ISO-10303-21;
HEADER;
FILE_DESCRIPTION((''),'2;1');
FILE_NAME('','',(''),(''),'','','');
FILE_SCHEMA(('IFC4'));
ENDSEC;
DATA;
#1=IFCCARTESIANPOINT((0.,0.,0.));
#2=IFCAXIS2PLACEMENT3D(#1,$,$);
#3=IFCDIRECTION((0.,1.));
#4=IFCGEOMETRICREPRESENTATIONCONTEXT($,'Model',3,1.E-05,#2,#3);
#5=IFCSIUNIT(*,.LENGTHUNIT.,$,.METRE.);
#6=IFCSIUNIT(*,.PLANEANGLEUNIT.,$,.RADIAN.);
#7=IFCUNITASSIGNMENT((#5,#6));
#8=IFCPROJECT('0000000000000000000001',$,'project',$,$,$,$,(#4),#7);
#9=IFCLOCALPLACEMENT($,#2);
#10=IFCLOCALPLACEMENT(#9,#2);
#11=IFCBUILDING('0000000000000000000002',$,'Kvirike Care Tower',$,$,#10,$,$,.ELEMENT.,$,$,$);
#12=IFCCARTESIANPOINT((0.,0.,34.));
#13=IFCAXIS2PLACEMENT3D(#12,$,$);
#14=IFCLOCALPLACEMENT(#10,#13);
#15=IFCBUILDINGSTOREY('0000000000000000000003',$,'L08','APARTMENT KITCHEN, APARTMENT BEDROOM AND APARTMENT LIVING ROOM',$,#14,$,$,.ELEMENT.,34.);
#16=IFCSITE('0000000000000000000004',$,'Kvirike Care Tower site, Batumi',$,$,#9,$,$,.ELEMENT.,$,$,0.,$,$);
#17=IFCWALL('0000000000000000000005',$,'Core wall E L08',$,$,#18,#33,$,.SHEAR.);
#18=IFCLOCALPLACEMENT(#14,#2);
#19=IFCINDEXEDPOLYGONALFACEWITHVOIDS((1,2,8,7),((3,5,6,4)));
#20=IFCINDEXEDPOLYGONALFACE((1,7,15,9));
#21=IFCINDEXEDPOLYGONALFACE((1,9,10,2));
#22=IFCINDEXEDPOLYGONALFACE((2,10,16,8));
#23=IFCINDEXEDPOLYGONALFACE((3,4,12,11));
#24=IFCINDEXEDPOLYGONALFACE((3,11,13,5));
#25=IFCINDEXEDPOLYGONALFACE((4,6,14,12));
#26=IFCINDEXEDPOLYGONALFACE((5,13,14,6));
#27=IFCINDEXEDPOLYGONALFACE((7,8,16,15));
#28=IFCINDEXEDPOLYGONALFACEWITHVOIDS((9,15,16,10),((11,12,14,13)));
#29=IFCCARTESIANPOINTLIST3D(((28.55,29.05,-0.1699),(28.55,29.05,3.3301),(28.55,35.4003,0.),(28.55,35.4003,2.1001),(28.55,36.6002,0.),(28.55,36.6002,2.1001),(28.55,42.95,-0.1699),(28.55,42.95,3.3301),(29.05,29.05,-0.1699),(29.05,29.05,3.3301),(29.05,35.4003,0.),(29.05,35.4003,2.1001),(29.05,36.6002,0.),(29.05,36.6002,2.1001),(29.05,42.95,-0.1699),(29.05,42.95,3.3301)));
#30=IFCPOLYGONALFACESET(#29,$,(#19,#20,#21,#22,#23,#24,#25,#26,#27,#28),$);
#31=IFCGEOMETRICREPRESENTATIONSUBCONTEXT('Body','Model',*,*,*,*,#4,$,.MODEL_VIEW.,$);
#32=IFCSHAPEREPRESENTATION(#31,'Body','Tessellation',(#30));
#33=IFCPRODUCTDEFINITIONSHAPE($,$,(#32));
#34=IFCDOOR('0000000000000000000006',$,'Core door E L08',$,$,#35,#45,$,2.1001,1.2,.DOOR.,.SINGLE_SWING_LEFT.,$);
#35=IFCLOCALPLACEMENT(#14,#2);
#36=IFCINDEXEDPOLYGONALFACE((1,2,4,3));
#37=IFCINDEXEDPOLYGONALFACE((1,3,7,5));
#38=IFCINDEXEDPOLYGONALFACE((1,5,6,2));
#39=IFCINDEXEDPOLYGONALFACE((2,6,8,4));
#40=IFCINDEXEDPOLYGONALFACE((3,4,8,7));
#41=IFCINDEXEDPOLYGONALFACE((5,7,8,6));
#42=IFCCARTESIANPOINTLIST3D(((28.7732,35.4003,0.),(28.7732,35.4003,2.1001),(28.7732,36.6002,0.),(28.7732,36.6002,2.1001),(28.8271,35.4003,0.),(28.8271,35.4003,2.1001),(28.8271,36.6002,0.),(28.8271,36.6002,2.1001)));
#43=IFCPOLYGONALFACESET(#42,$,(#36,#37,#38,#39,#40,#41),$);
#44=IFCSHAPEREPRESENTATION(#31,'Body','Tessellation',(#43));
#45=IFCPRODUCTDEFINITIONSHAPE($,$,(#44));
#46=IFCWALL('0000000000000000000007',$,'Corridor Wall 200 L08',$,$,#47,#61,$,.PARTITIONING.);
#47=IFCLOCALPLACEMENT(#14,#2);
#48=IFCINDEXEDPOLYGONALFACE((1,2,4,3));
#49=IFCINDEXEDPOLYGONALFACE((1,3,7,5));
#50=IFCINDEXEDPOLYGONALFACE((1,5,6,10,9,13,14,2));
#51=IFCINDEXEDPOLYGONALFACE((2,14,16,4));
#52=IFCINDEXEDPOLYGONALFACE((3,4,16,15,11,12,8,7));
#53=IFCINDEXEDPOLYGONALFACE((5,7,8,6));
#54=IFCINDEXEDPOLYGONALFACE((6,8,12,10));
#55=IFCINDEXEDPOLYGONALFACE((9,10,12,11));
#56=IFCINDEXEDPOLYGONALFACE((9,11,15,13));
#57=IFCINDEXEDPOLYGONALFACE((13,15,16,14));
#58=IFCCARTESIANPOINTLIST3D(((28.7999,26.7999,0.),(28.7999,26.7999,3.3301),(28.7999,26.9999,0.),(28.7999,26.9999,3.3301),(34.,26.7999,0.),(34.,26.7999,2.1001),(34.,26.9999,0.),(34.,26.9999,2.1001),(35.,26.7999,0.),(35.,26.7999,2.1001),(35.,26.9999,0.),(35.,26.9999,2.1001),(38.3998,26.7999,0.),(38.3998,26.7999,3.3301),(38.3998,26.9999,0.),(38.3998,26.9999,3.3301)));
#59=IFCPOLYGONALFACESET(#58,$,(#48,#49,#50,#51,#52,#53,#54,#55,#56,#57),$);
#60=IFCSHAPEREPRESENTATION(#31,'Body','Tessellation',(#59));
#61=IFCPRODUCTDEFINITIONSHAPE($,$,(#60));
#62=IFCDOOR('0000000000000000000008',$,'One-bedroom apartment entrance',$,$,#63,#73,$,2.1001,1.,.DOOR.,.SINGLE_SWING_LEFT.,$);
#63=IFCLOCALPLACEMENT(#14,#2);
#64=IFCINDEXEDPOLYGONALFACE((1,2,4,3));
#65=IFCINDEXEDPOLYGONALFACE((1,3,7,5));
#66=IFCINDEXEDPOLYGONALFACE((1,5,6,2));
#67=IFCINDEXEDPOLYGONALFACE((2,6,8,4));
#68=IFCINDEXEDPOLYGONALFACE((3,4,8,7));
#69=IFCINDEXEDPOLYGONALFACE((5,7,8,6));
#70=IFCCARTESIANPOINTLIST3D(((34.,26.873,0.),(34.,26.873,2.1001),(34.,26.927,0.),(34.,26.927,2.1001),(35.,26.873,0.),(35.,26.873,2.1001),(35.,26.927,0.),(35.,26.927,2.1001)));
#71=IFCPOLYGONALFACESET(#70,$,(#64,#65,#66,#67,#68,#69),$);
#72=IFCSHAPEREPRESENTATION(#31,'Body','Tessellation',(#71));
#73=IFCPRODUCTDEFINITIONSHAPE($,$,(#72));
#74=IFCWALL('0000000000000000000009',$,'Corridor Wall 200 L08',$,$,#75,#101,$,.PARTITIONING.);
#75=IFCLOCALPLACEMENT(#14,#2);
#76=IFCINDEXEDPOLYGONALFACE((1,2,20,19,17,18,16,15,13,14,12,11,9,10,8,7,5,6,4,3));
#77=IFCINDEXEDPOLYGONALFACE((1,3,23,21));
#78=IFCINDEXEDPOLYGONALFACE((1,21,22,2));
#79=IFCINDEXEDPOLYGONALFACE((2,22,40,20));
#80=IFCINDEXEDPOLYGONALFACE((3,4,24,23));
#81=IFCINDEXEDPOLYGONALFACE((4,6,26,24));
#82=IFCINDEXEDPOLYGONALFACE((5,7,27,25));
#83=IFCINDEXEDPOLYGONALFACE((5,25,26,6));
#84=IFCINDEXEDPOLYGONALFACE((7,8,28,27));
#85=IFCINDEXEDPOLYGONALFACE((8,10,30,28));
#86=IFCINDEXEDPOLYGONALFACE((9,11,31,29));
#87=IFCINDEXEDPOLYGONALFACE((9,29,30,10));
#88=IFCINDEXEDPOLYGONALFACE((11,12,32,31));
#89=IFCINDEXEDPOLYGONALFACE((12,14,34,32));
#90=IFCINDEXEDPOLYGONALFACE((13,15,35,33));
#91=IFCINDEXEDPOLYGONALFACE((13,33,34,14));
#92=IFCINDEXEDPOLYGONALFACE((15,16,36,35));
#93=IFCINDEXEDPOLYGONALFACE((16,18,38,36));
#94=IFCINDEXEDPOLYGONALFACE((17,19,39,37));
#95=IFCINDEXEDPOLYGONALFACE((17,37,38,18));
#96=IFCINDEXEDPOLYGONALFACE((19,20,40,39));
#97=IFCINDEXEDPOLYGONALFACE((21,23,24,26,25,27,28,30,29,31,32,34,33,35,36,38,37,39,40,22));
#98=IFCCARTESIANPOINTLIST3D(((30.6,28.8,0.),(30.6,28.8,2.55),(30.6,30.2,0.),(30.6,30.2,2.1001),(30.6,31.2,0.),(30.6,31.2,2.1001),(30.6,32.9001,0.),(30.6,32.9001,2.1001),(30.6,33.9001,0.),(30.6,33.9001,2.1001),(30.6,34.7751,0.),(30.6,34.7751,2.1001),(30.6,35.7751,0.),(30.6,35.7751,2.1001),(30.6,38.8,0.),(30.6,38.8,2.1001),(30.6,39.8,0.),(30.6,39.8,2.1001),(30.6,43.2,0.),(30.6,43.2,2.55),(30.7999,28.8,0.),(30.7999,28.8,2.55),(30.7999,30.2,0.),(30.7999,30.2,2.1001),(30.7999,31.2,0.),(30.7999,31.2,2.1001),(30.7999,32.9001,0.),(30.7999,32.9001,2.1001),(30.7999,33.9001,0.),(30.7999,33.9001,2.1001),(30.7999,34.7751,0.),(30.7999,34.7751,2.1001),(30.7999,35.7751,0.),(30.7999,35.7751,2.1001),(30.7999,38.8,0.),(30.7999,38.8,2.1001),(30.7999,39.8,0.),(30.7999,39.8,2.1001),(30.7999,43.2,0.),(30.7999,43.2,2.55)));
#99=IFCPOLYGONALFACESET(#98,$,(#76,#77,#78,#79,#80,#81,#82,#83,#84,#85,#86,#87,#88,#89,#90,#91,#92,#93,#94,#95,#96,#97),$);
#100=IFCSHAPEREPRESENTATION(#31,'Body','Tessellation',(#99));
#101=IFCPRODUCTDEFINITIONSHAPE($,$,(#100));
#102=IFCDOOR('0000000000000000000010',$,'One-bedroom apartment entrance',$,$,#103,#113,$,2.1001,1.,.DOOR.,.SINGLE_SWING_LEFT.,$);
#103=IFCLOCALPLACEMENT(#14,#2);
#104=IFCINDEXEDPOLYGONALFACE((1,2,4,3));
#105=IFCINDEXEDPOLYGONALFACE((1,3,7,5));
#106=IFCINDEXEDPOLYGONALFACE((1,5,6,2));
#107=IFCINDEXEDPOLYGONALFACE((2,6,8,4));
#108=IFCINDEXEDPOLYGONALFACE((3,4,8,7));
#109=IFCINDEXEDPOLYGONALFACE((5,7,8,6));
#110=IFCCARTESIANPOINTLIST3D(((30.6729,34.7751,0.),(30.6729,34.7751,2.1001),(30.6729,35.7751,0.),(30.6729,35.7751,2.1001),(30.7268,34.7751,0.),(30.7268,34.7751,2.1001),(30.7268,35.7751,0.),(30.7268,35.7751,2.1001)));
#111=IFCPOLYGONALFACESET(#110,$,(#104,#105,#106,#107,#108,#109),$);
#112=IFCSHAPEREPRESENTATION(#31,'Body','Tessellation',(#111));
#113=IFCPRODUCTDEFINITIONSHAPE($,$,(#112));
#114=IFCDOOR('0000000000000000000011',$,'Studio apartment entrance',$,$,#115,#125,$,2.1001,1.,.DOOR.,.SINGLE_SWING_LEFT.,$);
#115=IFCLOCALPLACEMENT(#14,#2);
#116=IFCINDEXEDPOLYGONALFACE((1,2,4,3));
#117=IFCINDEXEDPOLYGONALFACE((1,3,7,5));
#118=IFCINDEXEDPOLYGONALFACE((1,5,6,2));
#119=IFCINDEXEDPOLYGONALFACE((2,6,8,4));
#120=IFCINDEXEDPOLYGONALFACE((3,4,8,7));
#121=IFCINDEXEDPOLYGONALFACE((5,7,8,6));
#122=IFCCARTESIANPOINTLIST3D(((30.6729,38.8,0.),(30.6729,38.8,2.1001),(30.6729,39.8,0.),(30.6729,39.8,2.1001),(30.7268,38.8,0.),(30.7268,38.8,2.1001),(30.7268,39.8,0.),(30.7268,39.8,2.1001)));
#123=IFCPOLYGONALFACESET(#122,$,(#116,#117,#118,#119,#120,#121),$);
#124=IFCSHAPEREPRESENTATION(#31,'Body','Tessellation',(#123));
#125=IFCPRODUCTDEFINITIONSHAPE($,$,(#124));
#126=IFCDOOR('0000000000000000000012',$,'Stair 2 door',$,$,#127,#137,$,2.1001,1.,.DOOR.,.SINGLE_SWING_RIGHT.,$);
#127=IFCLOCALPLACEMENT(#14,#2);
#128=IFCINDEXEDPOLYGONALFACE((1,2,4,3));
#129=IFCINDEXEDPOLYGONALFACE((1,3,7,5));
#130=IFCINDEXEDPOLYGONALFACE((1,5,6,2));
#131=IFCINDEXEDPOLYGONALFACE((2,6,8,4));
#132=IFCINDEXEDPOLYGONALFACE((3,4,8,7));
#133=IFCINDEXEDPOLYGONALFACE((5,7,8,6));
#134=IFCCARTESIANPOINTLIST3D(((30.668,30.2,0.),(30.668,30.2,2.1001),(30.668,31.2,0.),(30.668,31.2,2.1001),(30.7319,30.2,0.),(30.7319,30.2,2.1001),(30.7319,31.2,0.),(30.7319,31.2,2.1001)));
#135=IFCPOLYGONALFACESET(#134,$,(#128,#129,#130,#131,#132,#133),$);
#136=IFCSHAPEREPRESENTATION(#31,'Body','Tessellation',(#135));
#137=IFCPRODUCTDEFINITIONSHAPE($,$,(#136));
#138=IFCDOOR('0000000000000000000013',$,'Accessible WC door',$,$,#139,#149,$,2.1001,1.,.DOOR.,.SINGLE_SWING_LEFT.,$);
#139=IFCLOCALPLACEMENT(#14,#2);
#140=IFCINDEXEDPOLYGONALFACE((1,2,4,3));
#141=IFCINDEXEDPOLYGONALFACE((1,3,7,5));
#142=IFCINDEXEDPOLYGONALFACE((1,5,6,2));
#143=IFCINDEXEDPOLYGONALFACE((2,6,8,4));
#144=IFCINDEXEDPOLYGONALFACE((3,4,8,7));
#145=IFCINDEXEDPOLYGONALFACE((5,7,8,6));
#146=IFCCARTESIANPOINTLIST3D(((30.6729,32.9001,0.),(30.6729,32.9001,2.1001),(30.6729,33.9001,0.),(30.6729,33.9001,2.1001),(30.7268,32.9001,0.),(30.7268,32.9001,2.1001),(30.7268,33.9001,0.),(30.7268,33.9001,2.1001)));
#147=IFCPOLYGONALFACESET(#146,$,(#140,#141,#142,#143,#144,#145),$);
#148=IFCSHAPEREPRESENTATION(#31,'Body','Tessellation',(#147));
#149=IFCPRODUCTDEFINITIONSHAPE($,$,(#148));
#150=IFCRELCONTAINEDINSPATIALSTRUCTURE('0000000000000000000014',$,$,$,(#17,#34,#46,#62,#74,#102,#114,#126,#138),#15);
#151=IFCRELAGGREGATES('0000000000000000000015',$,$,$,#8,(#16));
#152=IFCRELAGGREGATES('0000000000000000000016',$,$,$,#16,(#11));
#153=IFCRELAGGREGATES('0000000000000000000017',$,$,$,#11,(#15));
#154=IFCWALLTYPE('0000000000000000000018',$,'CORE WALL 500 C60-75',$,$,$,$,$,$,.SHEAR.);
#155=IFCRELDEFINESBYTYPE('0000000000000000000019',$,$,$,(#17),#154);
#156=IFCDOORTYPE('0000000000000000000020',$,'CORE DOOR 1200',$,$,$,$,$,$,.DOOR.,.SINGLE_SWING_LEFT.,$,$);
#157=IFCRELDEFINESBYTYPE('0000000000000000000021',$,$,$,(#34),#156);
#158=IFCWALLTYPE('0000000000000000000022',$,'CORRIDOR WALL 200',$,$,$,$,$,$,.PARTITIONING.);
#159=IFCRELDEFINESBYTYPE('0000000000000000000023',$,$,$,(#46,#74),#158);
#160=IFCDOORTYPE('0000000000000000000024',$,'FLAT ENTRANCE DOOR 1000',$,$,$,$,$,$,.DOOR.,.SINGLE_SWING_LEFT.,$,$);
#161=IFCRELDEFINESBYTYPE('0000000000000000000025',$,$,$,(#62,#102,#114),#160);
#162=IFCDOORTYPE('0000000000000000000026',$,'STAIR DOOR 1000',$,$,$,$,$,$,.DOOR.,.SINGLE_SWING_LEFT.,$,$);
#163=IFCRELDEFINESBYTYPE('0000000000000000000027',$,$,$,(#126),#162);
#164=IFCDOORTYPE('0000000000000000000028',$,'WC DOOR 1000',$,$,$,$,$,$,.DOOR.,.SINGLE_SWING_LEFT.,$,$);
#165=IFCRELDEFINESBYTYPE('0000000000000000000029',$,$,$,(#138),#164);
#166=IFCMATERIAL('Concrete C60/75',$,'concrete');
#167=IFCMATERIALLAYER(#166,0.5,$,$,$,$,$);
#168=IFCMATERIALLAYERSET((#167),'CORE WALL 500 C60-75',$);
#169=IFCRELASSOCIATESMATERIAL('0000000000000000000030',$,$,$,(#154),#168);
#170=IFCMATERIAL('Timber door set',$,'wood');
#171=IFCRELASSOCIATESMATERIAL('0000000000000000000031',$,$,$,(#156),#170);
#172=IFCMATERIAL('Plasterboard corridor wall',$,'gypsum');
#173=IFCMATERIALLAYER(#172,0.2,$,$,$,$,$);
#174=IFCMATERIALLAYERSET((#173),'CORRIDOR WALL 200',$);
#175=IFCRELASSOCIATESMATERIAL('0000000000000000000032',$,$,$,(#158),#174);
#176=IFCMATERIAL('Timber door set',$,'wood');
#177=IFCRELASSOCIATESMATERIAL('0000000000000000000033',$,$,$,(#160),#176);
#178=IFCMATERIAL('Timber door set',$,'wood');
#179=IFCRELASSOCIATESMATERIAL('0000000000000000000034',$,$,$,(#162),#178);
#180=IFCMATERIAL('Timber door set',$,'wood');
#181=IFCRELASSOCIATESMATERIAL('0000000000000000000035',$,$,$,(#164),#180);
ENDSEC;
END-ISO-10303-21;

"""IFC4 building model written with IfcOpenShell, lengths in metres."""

from ifc_helpers import new_model, si_unit, direction, frame, frame_2d, origin, place, context, subcontext, project, spatial, rectangle, extrude, material, layer, layer_set, type_object, element, fill, save


model = new_model("IFC4")

# Units and contexts
model_context = context("Model", 3, precision=1e-05, world=origin(), true_north=direction((0.0, 1.0)))
body_context = subcontext(model_context, "Body", "Model", "MODEL_VIEW")
ifc_project = project(units=[si_unit("LENGTHUNIT", "METRE"), si_unit("PLANEANGLEUNIT", "RADIAN")], contexts=[model_context])

# Site, building, storey
site_placement = place(None, origin())
site = spatial("IfcSite", under=ifc_project, at=site_placement, Name="Kvirike Care Tower site, Batumi", CompositionType="ELEMENT", RefElevation=0.0)
building_placement = place(site_placement, origin())
building = spatial("IfcBuilding", under=site, at=building_placement, Name="Kvirike Care Tower", CompositionType="ELEMENT")
storey_placement = place(building_placement, frame((0.0, 0.0, 34.0)))
storey = spatial("IfcBuildingStorey", under=building, at=storey_placement, Name="L08", Description="APARTMENT KITCHEN, APARTMENT BEDROOM AND APARTMENT LIVING ROOM", CompositionType="ELEMENT", Elevation=34.0)

# Walls, openings, doors
ifc_material_1 = material(Name="Concrete C60/75", Category="concrete")
ifc_layer_1 = layer(ifc_material_1, 0.5)
ifc_layer_set_1 = layer_set([ifc_layer_1], Name="CORE WALL 500 C60-75")
wall_type_1 = type_object("IfcWallType", Name="CORE WALL 500 C60-75", PredefinedType="SHEAR", material=ifc_layer_set_1)
wall_1_placement = place(storey_placement, frame((28.8, 29.05, -0.1699), z_axis=(0.0, 0.0, 1.0), x_axis=(0.0, 1.0, 0.0)))
wall_1 = element("IfcWall", 1, at=wall_1_placement, inside=storey, type_object=wall_type_1, Name="Core wall E L08", PredefinedType="SHEAR", context=body_context, shape_type="SweptSolid", body=[
    extrude(rectangle(XDim=13.8999, YDim=0.5, at=frame_2d((6.95, 0.0))), origin(), (0.0, 0.0, 1.0), 3.5),
])
opening_1_placement = place(wall_1_placement, frame((6.3501, 0.0, 0.1699)))
opening_1 = element("IfcOpeningElement", 2, at=opening_1_placement, cuts=wall_1, PredefinedType="OPENING", context=body_context, shape_type="SweptSolid", body=[
    extrude(rectangle(XDim=1.2, YDim=2.1001, at=frame_2d((0.6001, 1.05))), frame((0.0, 0.2605, 0.0), z_axis=(0.0, -1.0, 0.0), x_axis=(1.0, 0.0, 0.0)), (0.0, 0.0, 1.0), 0.521),
])
ifc_material_2 = material(Name="Timber door set", Category="wood")
door_type_1 = type_object("IfcDoorType", Name="CORE DOOR 1200", OperationType="SINGLE_SWING_LEFT", PredefinedType="DOOR", material=ifc_material_2)
door_1_placement = place(opening_1_placement, origin())
door_1 = element("IfcDoor", 3, at=door_1_placement, inside=storey, type_object=door_type_1, Name="Core door E L08", OperationType="SINGLE_SWING_LEFT", OverallHeight=2.1001, OverallWidth=1.2, PredefinedType="DOOR", context=body_context, shape_type="SweptSolid", body=[
    extrude(rectangle(XDim=1.2, YDim=2.1001, at=frame_2d((0.6001, 1.05))), frame((0.0, 0.0269, 0.0), z_axis=(0.0, -1.0, 0.0), x_axis=(1.0, 0.0, 0.0)), (0.0, 0.0, 1.0), 0.054),
])
fill(opening_1, door_1)
ifc_material_3 = material(Name="Plasterboard corridor wall", Category="gypsum")
ifc_layer_2 = layer(ifc_material_3, 0.2)
ifc_layer_set_2 = layer_set([ifc_layer_2], Name="CORRIDOR WALL 200")
wall_type_2 = type_object("IfcWallType", Name="CORRIDOR WALL 200", PredefinedType="PARTITIONING", material=ifc_layer_set_2)
wall_2_placement = place(storey_placement, frame((28.8, 26.8999, 0.0), z_axis=(0.0, 0.0, 1.0), x_axis=(1.0, 0.0, 0.0)))
wall_2 = element("IfcWall", 4, at=wall_2_placement, inside=storey, type_object=wall_type_2, Name="Corridor Wall 200 L08", PredefinedType="PARTITIONING", context=body_context, shape_type="SweptSolid", body=[
    extrude(rectangle(XDim=9.5999, YDim=0.2, at=frame_2d((4.7998, 0.0))), origin(), (0.0, 0.0, 1.0), 3.3301),
])
opening_2_placement = place(wall_2_placement, frame((5.2, 0.0, 0.0)))
opening_2 = element("IfcOpeningElement", 5, at=opening_2_placement, cuts=wall_2, PredefinedType="OPENING", context=body_context, shape_type="SweptSolid", body=[
    extrude(rectangle(XDim=1.0, YDim=2.1001, at=frame_2d((0.5, 1.05))), frame((0.0, 0.1106, 0.0), z_axis=(0.0, -1.0, 0.0), x_axis=(1.0, 0.0, 0.0)), (0.0, 0.0, 1.0), 0.2209),
])
ifc_material_4 = material(Name="Timber door set", Category="wood")
door_type_2 = type_object("IfcDoorType", Name="FLAT ENTRANCE DOOR 1000", OperationType="SINGLE_SWING_LEFT", PredefinedType="DOOR", material=ifc_material_4)
door_2_placement = place(opening_2_placement, frame((1.0, 0.0, 0.0), z_axis=(0.0, 0.0, 1.0), x_axis=(-1.0, 0.0, 0.0)))
door_2 = element("IfcDoor", 6, at=door_2_placement, inside=storey, type_object=door_type_2, Name="One-bedroom apartment entrance", OperationType="SINGLE_SWING_LEFT", OverallHeight=2.1001, OverallWidth=1.0, PredefinedType="DOOR", context=body_context, shape_type="SweptSolid", body=[
    extrude(rectangle(XDim=1.0, YDim=2.1001, at=frame_2d((0.5, 1.05))), frame((0.0, 0.0269, 0.0), z_axis=(0.0, -1.0, 0.0), x_axis=(1.0, 0.0, 0.0)), (0.0, 0.0, 1.0), 0.054),
])
fill(opening_2, door_2)

# Wall, openings, doors
wall_3_placement = place(storey_placement, frame((30.7, 28.8, 0.0), z_axis=(0.0, 0.0, 1.0), x_axis=(0.0, 1.0, 0.0)))
wall_3 = element("IfcWall", 7, at=wall_3_placement, inside=storey, type_object=wall_type_2, Name="Corridor Wall 200 L08", PredefinedType="PARTITIONING", context=body_context, shape_type="SweptSolid", body=[
    extrude(rectangle(XDim=14.3999, YDim=0.2, at=frame_2d((7.2, 0.0))), origin(), (0.0, 0.0, 1.0), 2.55),
])
opening_3_placement = place(wall_3_placement, frame((1.3999, 0.0, 0.0)))
opening_3 = element("IfcOpeningElement", 8, at=opening_3_placement, cuts=wall_3, PredefinedType="OPENING", context=body_context, shape_type="SweptSolid", body=[
    extrude(rectangle(XDim=1.0, YDim=2.1001, at=frame_2d((0.5, 1.05))), frame((0.0, 0.1106, 0.0), z_axis=(0.0, -1.0, 0.0), x_axis=(1.0, 0.0, 0.0)), (0.0, 0.0, 1.0), 0.2209),
])
opening_4_placement = place(wall_3_placement, frame((4.1001, 0.0, 0.0)))
opening_4 = element("IfcOpeningElement", 9, at=opening_4_placement, cuts=wall_3, PredefinedType="OPENING", context=body_context, shape_type="SweptSolid", body=[
    extrude(rectangle(XDim=1.0, YDim=2.1001, at=frame_2d((0.5, 1.05))), frame((0.0, 0.1106, 0.0), z_axis=(0.0, -1.0, 0.0), x_axis=(1.0, 0.0, 0.0)), (0.0, 0.0, 1.0), 0.2209),
])
opening_5_placement = place(wall_3_placement, frame((5.9751, 0.0, 0.0)))
opening_5 = element("IfcOpeningElement", 10, at=opening_5_placement, cuts=wall_3, PredefinedType="OPENING", context=body_context, shape_type="SweptSolid", body=[
    extrude(rectangle(XDim=1.0, YDim=2.1001, at=frame_2d((0.5, 1.05))), frame((0.0, 0.1106, 0.0), z_axis=(0.0, -1.0, 0.0), x_axis=(1.0, 0.0, 0.0)), (0.0, 0.0, 1.0), 0.2209),
])
opening_6_placement = place(wall_3_placement, frame((10.0, 0.0, 0.0)))
opening_6 = element("IfcOpeningElement", 11, at=opening_6_placement, cuts=wall_3, PredefinedType="OPENING", context=body_context, shape_type="SweptSolid", body=[
    extrude(rectangle(XDim=1.0, YDim=2.1001, at=frame_2d((0.5, 1.05))), frame((0.0, 0.1106, 0.0), z_axis=(0.0, -1.0, 0.0), x_axis=(1.0, 0.0, 0.0)), (0.0, 0.0, 1.0), 0.2209),
])
door_3_placement = place(opening_5_placement, frame((1.0, 0.0, 0.0), z_axis=(0.0, 0.0, 1.0), x_axis=(-1.0, 0.0, 0.0)))
door_3 = element("IfcDoor", 12, at=door_3_placement, inside=storey, type_object=door_type_2, Name="One-bedroom apartment entrance", OperationType="SINGLE_SWING_LEFT", OverallHeight=2.1001, OverallWidth=1.0, PredefinedType="DOOR", context=body_context, shape_type="SweptSolid", body=[
    extrude(rectangle(XDim=1.0, YDim=2.1001, at=frame_2d((0.5, 1.05))), frame((0.0, 0.0269, 0.0), z_axis=(0.0, -1.0, 0.0), x_axis=(1.0, 0.0, 0.0)), (0.0, 0.0, 1.0), 0.054),
])
fill(opening_5, door_3)
door_4_placement = place(opening_6_placement, frame((1.0, 0.0, 0.0), z_axis=(0.0, 0.0, 1.0), x_axis=(-1.0, 0.0, 0.0)))
door_4 = element("IfcDoor", 13, at=door_4_placement, inside=storey, type_object=door_type_2, Name="Studio apartment entrance", OperationType="SINGLE_SWING_LEFT", OverallHeight=2.1001, OverallWidth=1.0, PredefinedType="DOOR", context=body_context, shape_type="SweptSolid", body=[
    extrude(rectangle(XDim=1.0, YDim=2.1001, at=frame_2d((0.5, 1.05))), frame((0.0, 0.0269, 0.0), z_axis=(0.0, -1.0, 0.0), x_axis=(1.0, 0.0, 0.0)), (0.0, 0.0, 1.0), 0.054),
])
fill(opening_6, door_4)
ifc_material_5 = material(Name="Timber door set", Category="wood")
door_type_3 = type_object("IfcDoorType", Name="STAIR DOOR 1000", OperationType="SINGLE_SWING_LEFT", PredefinedType="DOOR", material=ifc_material_5)
door_5_placement = place(opening_3_placement, frame((1.0, 0.0, 0.0), z_axis=(0.0, 0.0, 1.0), x_axis=(-1.0, 0.0, 0.0)))
door_5 = element("IfcDoor", 14, at=door_5_placement, inside=storey, type_object=door_type_3, Name="Stair 2 door", OperationType="SINGLE_SWING_RIGHT", OverallHeight=2.1001, OverallWidth=1.0, PredefinedType="DOOR", context=body_context, shape_type="SweptSolid", body=[
    extrude(rectangle(XDim=1.0, YDim=2.1001, at=frame_2d((0.5, 1.05))), frame((0.0, 0.032, 0.0), z_axis=(0.0, -1.0, 0.0), x_axis=(1.0, 0.0, 0.0)), (0.0, 0.0, 1.0), 0.064),
])
fill(opening_3, door_5)
ifc_material_6 = material(Name="Timber door set", Category="wood")
door_type_4 = type_object("IfcDoorType", Name="WC DOOR 1000", OperationType="SINGLE_SWING_LEFT", PredefinedType="DOOR", material=ifc_material_6)
door_6_placement = place(opening_4_placement, frame((1.0, 0.0, 0.0), z_axis=(0.0, 0.0, 1.0), x_axis=(-1.0, 0.0, 0.0)))
door_6 = element("IfcDoor", 15, at=door_6_placement, inside=storey, type_object=door_type_4, Name="Accessible WC door", OperationType="SINGLE_SWING_LEFT", OverallHeight=2.1001, OverallWidth=1.0, PredefinedType="DOOR", context=body_context, shape_type="SweptSolid", body=[
    extrude(rectangle(XDim=1.0, YDim=2.1001, at=frame_2d((0.5, 1.05))), frame((0.0, 0.0269, 0.0), z_axis=(0.0, -1.0, 0.0), x_axis=(1.0, 0.0, 0.0)), (0.0, 0.0, 1.0), 0.054),
])
fill(opening_4, door_6)

save(model, "model.ifc")
